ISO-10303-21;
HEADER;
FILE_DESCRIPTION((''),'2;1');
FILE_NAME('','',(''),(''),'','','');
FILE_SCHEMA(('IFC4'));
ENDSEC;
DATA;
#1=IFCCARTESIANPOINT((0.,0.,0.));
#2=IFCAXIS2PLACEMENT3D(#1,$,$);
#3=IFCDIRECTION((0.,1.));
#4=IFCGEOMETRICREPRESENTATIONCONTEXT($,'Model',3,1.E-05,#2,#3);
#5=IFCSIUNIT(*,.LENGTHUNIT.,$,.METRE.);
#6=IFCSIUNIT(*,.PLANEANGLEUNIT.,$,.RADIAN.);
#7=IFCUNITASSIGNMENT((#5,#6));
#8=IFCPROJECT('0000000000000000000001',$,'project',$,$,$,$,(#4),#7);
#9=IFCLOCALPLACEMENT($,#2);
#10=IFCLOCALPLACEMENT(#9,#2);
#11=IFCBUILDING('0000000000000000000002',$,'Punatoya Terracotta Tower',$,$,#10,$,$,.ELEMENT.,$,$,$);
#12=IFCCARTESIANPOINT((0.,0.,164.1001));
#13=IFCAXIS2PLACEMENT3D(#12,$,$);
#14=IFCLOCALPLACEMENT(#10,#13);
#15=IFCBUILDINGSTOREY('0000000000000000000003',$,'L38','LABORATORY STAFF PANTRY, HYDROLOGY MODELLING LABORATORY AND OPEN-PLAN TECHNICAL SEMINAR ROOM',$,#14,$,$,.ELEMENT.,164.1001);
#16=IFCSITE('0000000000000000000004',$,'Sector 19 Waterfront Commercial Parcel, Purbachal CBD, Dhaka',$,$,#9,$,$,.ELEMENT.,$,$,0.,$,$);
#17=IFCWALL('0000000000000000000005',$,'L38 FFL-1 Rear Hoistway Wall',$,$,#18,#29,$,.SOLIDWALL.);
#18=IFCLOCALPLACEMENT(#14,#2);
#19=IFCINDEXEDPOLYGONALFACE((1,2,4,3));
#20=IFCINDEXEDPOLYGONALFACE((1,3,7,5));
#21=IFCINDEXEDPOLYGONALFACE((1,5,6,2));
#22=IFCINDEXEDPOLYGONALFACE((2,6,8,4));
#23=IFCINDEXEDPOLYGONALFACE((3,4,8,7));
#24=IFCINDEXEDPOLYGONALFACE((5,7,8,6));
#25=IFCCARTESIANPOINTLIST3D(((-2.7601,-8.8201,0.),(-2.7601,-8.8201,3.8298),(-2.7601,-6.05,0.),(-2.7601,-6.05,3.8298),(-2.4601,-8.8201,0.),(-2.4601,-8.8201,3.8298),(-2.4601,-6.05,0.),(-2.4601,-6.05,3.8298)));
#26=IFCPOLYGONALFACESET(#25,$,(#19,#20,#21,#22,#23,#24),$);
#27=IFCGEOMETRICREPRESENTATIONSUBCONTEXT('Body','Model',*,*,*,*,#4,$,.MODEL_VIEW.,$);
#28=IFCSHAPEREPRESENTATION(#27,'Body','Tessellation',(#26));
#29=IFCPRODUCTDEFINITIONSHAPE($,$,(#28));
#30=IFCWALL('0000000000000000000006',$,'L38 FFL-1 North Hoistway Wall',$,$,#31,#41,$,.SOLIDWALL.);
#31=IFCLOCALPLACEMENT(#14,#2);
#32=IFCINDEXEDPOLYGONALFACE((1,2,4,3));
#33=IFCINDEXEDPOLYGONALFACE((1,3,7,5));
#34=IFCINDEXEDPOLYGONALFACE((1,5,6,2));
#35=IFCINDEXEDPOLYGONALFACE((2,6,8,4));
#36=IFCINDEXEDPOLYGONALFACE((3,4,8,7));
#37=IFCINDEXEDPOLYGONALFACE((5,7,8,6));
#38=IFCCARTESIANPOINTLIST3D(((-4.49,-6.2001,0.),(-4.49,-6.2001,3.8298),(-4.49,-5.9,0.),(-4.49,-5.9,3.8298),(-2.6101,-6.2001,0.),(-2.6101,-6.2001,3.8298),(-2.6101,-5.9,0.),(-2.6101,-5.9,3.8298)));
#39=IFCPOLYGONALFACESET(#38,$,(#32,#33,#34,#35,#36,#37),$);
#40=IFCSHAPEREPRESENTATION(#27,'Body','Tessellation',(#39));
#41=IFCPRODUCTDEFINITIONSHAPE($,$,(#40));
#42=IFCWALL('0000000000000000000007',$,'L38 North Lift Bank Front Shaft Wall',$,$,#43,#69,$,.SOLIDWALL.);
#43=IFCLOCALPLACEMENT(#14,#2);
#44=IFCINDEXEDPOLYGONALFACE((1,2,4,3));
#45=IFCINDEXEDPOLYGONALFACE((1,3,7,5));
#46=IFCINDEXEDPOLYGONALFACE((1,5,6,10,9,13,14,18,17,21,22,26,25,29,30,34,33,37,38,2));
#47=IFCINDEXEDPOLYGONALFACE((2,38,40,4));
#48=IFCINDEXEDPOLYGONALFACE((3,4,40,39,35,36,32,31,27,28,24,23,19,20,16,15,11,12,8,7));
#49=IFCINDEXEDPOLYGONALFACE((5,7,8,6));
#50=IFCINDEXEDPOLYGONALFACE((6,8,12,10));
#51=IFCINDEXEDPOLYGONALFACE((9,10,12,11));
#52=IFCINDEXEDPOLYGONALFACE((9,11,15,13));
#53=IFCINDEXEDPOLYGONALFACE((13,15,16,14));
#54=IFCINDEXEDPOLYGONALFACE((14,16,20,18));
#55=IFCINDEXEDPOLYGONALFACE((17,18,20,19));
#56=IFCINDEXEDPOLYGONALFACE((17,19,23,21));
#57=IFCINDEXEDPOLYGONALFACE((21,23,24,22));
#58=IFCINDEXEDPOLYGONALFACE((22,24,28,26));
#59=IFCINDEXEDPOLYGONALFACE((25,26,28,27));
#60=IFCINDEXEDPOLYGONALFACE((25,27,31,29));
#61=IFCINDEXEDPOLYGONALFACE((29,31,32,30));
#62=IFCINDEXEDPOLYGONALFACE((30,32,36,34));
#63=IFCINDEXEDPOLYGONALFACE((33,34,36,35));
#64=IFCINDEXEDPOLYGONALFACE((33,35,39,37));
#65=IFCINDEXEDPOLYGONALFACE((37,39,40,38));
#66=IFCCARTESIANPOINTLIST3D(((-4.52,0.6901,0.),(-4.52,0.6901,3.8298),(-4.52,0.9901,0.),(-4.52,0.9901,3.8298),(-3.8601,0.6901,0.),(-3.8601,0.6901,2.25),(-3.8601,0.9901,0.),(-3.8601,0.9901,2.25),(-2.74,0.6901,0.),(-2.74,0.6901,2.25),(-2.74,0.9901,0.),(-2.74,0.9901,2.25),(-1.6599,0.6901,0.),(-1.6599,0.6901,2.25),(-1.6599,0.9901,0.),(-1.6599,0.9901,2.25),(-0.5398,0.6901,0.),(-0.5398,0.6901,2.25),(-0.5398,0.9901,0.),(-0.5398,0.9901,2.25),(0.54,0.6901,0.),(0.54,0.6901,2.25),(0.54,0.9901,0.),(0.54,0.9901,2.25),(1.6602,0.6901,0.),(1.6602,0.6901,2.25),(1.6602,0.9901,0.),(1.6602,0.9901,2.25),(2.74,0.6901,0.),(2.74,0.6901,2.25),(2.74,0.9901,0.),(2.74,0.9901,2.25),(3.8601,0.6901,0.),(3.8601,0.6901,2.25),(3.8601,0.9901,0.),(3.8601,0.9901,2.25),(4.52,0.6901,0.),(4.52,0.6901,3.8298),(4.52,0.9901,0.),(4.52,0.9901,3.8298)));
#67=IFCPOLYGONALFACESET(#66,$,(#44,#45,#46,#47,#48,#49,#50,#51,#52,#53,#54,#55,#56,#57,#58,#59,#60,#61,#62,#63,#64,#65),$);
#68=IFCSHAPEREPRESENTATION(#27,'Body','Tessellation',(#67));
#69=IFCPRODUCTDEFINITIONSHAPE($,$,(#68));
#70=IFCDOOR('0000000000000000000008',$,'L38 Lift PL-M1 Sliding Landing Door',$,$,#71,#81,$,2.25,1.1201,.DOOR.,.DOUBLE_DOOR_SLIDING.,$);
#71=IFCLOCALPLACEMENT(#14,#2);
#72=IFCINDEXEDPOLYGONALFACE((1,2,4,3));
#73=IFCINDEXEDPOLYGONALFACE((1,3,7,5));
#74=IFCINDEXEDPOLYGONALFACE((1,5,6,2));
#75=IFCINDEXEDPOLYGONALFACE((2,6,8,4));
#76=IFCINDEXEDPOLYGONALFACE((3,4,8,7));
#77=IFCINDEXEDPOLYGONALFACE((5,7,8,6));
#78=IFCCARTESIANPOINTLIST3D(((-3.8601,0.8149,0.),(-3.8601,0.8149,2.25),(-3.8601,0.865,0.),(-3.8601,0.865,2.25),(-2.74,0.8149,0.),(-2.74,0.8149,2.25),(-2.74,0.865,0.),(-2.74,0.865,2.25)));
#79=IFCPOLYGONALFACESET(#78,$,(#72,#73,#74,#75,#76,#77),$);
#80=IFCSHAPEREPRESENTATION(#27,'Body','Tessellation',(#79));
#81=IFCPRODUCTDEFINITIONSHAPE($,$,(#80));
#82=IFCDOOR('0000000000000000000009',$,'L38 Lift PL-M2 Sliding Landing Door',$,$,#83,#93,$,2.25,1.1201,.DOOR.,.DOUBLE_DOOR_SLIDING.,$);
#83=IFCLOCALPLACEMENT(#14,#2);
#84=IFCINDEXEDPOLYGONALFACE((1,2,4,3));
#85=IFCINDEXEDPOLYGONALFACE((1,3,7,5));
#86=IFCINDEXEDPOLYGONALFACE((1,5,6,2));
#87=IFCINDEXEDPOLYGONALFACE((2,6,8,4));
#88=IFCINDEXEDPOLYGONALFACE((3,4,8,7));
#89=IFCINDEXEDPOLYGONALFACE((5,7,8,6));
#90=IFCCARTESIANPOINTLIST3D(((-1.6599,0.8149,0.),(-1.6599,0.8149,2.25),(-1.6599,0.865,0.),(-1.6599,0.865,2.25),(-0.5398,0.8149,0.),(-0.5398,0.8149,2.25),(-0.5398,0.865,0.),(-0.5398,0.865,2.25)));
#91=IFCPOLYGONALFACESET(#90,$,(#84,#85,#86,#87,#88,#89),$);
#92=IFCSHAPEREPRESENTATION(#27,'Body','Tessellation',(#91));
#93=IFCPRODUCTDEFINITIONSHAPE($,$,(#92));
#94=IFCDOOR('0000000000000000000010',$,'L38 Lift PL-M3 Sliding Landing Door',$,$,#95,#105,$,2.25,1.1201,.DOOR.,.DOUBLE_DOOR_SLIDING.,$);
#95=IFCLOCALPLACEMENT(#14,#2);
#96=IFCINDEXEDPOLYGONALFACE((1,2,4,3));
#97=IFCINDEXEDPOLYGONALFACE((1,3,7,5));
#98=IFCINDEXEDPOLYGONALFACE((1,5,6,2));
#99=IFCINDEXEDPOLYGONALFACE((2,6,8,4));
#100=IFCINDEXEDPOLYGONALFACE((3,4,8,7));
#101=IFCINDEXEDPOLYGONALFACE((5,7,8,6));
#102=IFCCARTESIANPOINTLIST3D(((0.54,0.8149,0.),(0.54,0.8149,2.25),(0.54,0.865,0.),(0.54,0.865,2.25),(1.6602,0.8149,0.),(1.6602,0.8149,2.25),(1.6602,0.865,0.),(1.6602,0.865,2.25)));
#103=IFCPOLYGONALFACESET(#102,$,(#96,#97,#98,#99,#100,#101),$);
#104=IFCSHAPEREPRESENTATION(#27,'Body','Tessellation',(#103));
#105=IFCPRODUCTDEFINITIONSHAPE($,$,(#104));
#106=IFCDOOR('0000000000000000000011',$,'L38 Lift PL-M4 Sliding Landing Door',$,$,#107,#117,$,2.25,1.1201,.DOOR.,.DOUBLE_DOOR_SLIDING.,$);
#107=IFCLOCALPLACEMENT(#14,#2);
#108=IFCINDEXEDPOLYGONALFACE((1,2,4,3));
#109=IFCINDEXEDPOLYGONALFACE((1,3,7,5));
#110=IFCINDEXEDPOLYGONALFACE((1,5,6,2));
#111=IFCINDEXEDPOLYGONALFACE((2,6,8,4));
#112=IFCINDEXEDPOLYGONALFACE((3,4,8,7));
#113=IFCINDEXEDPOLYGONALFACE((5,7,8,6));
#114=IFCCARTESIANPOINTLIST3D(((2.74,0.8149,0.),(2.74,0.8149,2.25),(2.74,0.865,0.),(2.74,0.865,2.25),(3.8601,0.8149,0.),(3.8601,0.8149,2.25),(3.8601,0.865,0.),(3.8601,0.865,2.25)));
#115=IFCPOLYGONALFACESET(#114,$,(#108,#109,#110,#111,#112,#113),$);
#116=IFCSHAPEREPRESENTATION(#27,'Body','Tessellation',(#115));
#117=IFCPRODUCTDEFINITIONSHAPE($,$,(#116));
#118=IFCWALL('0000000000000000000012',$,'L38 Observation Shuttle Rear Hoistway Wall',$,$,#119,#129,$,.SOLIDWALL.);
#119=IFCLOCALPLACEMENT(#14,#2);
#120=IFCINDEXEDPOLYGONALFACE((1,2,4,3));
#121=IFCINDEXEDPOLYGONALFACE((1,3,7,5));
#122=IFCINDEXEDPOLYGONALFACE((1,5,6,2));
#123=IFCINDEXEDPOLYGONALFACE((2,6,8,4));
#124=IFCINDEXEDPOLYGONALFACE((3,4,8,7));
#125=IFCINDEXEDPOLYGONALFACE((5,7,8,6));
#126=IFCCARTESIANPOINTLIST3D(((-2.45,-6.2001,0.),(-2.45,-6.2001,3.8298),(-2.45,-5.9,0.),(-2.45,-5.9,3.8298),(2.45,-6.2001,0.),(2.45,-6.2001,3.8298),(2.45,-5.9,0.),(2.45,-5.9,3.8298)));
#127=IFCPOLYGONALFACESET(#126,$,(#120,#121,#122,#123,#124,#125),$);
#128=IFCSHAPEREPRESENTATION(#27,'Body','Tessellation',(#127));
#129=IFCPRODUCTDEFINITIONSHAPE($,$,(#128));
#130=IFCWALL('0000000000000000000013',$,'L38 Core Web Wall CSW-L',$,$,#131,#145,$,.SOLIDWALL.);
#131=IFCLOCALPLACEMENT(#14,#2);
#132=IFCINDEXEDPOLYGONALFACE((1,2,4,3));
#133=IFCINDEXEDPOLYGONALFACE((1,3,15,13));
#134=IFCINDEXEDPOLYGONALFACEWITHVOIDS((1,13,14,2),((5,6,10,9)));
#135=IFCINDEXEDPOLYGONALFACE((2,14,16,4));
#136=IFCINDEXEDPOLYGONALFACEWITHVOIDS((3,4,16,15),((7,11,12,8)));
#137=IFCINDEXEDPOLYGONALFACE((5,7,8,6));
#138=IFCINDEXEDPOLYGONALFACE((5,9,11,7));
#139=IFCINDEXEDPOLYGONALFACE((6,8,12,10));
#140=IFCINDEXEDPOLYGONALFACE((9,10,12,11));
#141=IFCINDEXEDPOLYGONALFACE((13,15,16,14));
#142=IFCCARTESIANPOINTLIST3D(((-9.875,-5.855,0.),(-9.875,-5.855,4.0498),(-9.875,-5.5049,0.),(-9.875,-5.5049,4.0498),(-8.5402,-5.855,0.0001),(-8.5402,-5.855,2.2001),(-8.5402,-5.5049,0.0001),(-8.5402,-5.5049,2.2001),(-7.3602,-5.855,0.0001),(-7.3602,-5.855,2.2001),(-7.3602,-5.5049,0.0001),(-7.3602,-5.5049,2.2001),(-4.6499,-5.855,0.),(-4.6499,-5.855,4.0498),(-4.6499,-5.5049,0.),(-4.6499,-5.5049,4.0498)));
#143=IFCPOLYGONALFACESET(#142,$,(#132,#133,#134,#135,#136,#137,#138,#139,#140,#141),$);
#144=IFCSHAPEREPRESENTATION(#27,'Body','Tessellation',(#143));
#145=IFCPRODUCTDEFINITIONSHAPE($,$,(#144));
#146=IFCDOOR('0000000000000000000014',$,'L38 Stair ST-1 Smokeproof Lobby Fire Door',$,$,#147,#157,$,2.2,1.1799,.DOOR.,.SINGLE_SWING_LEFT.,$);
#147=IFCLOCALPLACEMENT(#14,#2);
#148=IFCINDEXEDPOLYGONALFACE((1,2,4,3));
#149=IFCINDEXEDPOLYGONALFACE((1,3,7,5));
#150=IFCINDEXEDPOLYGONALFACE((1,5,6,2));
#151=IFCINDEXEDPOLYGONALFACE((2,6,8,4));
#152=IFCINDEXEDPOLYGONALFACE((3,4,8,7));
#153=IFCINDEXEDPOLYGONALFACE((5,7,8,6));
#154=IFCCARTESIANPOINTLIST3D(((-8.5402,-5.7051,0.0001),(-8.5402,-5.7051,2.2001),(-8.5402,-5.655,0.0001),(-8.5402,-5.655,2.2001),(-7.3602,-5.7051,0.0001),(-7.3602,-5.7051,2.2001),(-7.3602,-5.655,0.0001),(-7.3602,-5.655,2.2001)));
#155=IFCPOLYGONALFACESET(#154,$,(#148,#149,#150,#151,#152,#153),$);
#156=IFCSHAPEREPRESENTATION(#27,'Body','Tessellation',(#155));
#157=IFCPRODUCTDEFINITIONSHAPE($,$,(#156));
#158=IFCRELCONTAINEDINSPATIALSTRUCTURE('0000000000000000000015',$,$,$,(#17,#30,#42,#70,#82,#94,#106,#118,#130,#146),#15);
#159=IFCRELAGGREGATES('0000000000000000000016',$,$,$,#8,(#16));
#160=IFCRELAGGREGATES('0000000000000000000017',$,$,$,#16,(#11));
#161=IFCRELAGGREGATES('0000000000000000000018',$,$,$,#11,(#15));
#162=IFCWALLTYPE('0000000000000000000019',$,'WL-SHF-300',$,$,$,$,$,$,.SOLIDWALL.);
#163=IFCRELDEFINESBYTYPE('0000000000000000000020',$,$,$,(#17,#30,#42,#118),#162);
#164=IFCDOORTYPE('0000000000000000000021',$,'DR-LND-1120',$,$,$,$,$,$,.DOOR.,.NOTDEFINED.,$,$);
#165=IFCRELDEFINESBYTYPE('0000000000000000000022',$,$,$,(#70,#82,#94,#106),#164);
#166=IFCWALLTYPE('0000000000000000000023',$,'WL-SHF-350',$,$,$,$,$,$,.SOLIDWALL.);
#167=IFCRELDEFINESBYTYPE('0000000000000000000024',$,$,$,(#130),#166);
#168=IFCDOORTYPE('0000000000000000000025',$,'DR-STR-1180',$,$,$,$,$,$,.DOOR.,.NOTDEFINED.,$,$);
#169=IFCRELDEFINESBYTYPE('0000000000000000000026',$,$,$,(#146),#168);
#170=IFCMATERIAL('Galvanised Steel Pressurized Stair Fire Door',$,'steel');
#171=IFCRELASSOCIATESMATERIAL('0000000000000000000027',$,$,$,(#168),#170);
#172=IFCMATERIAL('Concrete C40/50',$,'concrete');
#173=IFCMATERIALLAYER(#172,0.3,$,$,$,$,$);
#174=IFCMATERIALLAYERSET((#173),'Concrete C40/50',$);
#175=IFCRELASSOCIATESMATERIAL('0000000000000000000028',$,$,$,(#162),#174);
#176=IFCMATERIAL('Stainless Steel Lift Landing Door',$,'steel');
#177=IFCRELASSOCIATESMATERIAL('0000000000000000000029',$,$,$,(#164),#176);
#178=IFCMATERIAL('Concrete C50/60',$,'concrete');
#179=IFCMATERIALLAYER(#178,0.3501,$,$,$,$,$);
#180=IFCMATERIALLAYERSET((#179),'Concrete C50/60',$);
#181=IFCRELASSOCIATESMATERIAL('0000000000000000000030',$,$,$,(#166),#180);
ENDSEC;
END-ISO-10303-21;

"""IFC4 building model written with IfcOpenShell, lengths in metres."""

from ifc_helpers import new_model, si_unit, direction, frame, frame_2d, origin, place, context, subcontext, project, spatial, rectangle, extrude, material, layer, layer_set, type_object, element, fill, save


model = new_model("IFC4")

# Units and contexts
model_context = context("Model", 3, precision=1e-05, world=origin(), true_north=direction((0.0, 1.0)))
body_context = subcontext(model_context, "Body", "Model", "MODEL_VIEW")
ifc_project = project(units=[si_unit("LENGTHUNIT", "METRE"), si_unit("PLANEANGLEUNIT", "RADIAN")], contexts=[model_context])

# Site, building, storey
site_placement = place(None, origin())
site = spatial("IfcSite", under=ifc_project, at=site_placement, Name="Sector 19 Waterfront Commercial Parcel, Purbachal CBD, Dhaka", CompositionType="ELEMENT", RefElevation=0.0)
building_placement = place(site_placement, origin())
building = spatial("IfcBuilding", under=site, at=building_placement, Name="Punatoya Terracotta Tower", CompositionType="ELEMENT")
storey_placement = place(building_placement, frame((0.0, 0.0, 164.1001)))
storey = spatial("IfcBuildingStorey", under=building, at=storey_placement, Name="L38", Description="LABORATORY STAFF PANTRY, HYDROLOGY MODELLING LABORATORY AND OPEN-PLAN TECHNICAL SEMINAR ROOM", CompositionType="ELEMENT", Elevation=164.1001)

# Shared definitions
ifc_material_1 = material(Name="Galvanised Steel Pressurized Stair Fire Door", Category="steel")
door_type_1 = type_object("IfcDoorType", Name="DR-STR-1180", OperationType="NOTDEFINED", PredefinedType="DOOR", material=ifc_material_1)

# Shared definitions
ifc_material_2 = material(Name="Concrete C40/50", Category="concrete")
ifc_layer_1 = layer(ifc_material_2, 0.3)
ifc_layer_set_1 = layer_set([ifc_layer_1], Name="Concrete C40/50")
wall_type_1 = type_object("IfcWallType", Name="WL-SHF-300", PredefinedType="SOLIDWALL", material=ifc_layer_set_1)

# Shared definitions
ifc_material_3 = material(Name="Stainless Steel Lift Landing Door", Category="steel")
door_type_2 = type_object("IfcDoorType", Name="DR-LND-1120", OperationType="NOTDEFINED", PredefinedType="DOOR", material=ifc_material_3)

# Walls
wall_1_placement = place(storey_placement, frame((-2.6101, -8.8201, 0.0), z_axis=(0.0, 0.0, 1.0), x_axis=(0.0, 1.0, 0.0)))
element("IfcWall", 1, at=wall_1_placement, inside=storey, type_object=wall_type_1, Name="L38 FFL-1 Rear Hoistway Wall", PredefinedType="SOLIDWALL", context=body_context, shape_type="SweptSolid", body=[
    extrude(rectangle(XDim=2.77, YDim=0.3, at=frame_2d((1.385, 0.0))), origin(), (0.0, 0.0, 1.0), 3.8298),
])
wall_2_placement = place(storey_placement, frame((-4.49, -6.05, 0.0), z_axis=(0.0, 0.0, 1.0), x_axis=(1.0, 0.0, 0.0)))
element("IfcWall", 2, at=wall_2_placement, inside=storey, type_object=wall_type_1, Name="L38 FFL-1 North Hoistway Wall", PredefinedType="SOLIDWALL", context=body_context, shape_type="SweptSolid", body=[
    extrude(rectangle(XDim=1.8799, YDim=0.3, at=frame_2d((0.9399, 0.0))), origin(), (0.0, 0.0, 1.0), 3.8298),
])

# Wall, openings, doors
wall_3_placement = place(storey_placement, frame((-4.52, 0.8401, 0.0), z_axis=(0.0, 0.0, 1.0), x_axis=(1.0, 0.0, 0.0)))
wall_3 = element("IfcWall", 3, at=wall_3_placement, inside=storey, type_object=wall_type_1, Name="L38 North Lift Bank Front Shaft Wall", PredefinedType="SOLIDWALL", context=body_context, shape_type="SweptSolid", body=[
    extrude(rectangle(XDim=9.04, YDim=0.3, at=frame_2d((4.52, 0.0))), origin(), (0.0, 0.0, 1.0), 3.8298),
])
opening_1_placement = place(wall_3_placement, frame((0.6599, 0.0, 0.0)))
opening_1 = element("IfcOpeningElement", 4, at=opening_1_placement, cuts=wall_3, PredefinedType="OPENING", context=body_context, shape_type="SweptSolid", body=[
    extrude(rectangle(XDim=1.1201, YDim=2.25, at=frame_2d((0.5601, 1.125))), frame((0.0, 0.1599, 0.0), z_axis=(0.0, -1.0, 0.0), x_axis=(1.0, 0.0, 0.0)), (0.0, 0.0, 1.0), 0.3201),
])
opening_2_placement = place(wall_3_placement, frame((2.8601, 0.0, 0.0)))
opening_2 = element("IfcOpeningElement", 5, at=opening_2_placement, cuts=wall_3, PredefinedType="OPENING", context=body_context, shape_type="SweptSolid", body=[
    extrude(rectangle(XDim=1.1201, YDim=2.25, at=frame_2d((0.5601, 1.125))), frame((0.0, 0.1599, 0.0), z_axis=(0.0, -1.0, 0.0), x_axis=(1.0, 0.0, 0.0)), (0.0, 0.0, 1.0), 0.3201),
])
opening_3_placement = place(wall_3_placement, frame((5.0601, 0.0, 0.0)))
opening_3 = element("IfcOpeningElement", 6, at=opening_3_placement, cuts=wall_3, PredefinedType="OPENING", context=body_context, shape_type="SweptSolid", body=[
    extrude(rectangle(XDim=1.1201, YDim=2.25, at=frame_2d((0.5601, 1.125))), frame((0.0, 0.1599, 0.0), z_axis=(0.0, -1.0, 0.0), x_axis=(1.0, 0.0, 0.0)), (0.0, 0.0, 1.0), 0.3201),
])
opening_4_placement = place(wall_3_placement, frame((7.26, 0.0, 0.0)))
opening_4 = element("IfcOpeningElement", 7, at=opening_4_placement, cuts=wall_3, PredefinedType="OPENING", context=body_context, shape_type="SweptSolid", body=[
    extrude(rectangle(XDim=1.1201, YDim=2.25, at=frame_2d((0.5601, 1.125))), frame((0.0, 0.1599, 0.0), z_axis=(0.0, -1.0, 0.0), x_axis=(1.0, 0.0, 0.0)), (0.0, 0.0, 1.0), 0.3201),
])
door_1_placement = place(opening_1_placement, origin())
door_1 = element("IfcDoor", 8, at=door_1_placement, inside=storey, type_object=door_type_2, Name="L38 Lift PL-M1 Sliding Landing Door", OperationType="DOUBLE_DOOR_SLIDING", OverallHeight=2.25, OverallWidth=1.1201, PredefinedType="DOOR", context=body_context, shape_type="SweptSolid", body=[
    extrude(rectangle(XDim=1.1201, YDim=2.25, at=frame_2d((0.5601, 1.125))), frame((0.0, 0.0249, 0.0), z_axis=(0.0, -1.0, 0.0), x_axis=(1.0, 0.0, 0.0)), (0.0, 0.0, 1.0), 0.05),
])
fill(opening_1, door_1)
door_2_placement = place(opening_2_placement, origin())
door_2 = element("IfcDoor", 9, at=door_2_placement, inside=storey, type_object=door_type_2, Name="L38 Lift PL-M2 Sliding Landing Door", OperationType="DOUBLE_DOOR_SLIDING", OverallHeight=2.25, OverallWidth=1.1201, PredefinedType="DOOR", context=body_context, shape_type="SweptSolid", body=[
    extrude(rectangle(XDim=1.1201, YDim=2.25, at=frame_2d((0.5601, 1.125))), frame((0.0, 0.0249, 0.0), z_axis=(0.0, -1.0, 0.0), x_axis=(1.0, 0.0, 0.0)), (0.0, 0.0, 1.0), 0.05),
])
fill(opening_2, door_2)
door_3_placement = place(opening_3_placement, origin())
door_3 = element("IfcDoor", 10, at=door_3_placement, inside=storey, type_object=door_type_2, Name="L38 Lift PL-M3 Sliding Landing Door", OperationType="DOUBLE_DOOR_SLIDING", OverallHeight=2.25, OverallWidth=1.1201, PredefinedType="DOOR", context=body_context, shape_type="SweptSolid", body=[
    extrude(rectangle(XDim=1.1201, YDim=2.25, at=frame_2d((0.5601, 1.125))), frame((0.0, 0.0249, 0.0), z_axis=(0.0, -1.0, 0.0), x_axis=(1.0, 0.0, 0.0)), (0.0, 0.0, 1.0), 0.05),
])
fill(opening_3, door_3)
door_4_placement = place(opening_4_placement, origin())
door_4 = element("IfcDoor", 11, at=door_4_placement, inside=storey, type_object=door_type_2, Name="L38 Lift PL-M4 Sliding Landing Door", OperationType="DOUBLE_DOOR_SLIDING", OverallHeight=2.25, OverallWidth=1.1201, PredefinedType="DOOR", context=body_context, shape_type="SweptSolid", body=[
    extrude(rectangle(XDim=1.1201, YDim=2.25, at=frame_2d((0.5601, 1.125))), frame((0.0, 0.0249, 0.0), z_axis=(0.0, -1.0, 0.0), x_axis=(1.0, 0.0, 0.0)), (0.0, 0.0, 1.0), 0.05),
])
fill(opening_4, door_4)

# Wall
wall_4_placement = place(storey_placement, frame((-2.45, -6.05, 0.0), z_axis=(0.0, 0.0, 1.0), x_axis=(1.0, 0.0, 0.0)))
element("IfcWall", 12, at=wall_4_placement, inside=storey, type_object=wall_type_1, Name="L38 Observation Shuttle Rear Hoistway Wall", PredefinedType="SOLIDWALL", context=body_context, shape_type="SweptSolid", body=[
    extrude(rectangle(XDim=4.8999, YDim=0.3, at=frame_2d((2.45, 0.0))), origin(), (0.0, 0.0, 1.0), 3.8298),
])

# Wall, opening, door
ifc_material_4 = material(Name="Concrete C50/60", Category="concrete")
ifc_layer_2 = layer(ifc_material_4, 0.3501)
ifc_layer_set_2 = layer_set([ifc_layer_2], Name="Concrete C50/60")
wall_type_2 = type_object("IfcWallType", Name="WL-SHF-350", PredefinedType="SOLIDWALL", material=ifc_layer_set_2)
wall_5_placement = place(storey_placement, frame((-9.875, -5.6799, 0.0), z_axis=(0.0, 0.0, 1.0), x_axis=(1.0, 0.0, 0.0)))
wall_5 = element("IfcWall", 13, at=wall_5_placement, inside=storey, type_object=wall_type_2, Name="L38 Core Web Wall CSW-L", PredefinedType="SOLIDWALL", context=body_context, shape_type="SweptSolid", body=[
    extrude(rectangle(XDim=5.2251, YDim=0.3501, at=frame_2d((2.6125, 0.0))), origin(), (0.0, 0.0, 1.0), 4.0498),
])
opening_5_placement = place(wall_5_placement, frame((1.335, 0.0, 0.0)))
opening_5 = element("IfcOpeningElement", 14, at=opening_5_placement, cuts=wall_5, PredefinedType="OPENING", context=body_context, shape_type="SweptSolid", body=[
    extrude(rectangle(XDim=1.1799, YDim=2.2, at=frame_2d((0.5898, 1.1001))), frame((0.0, 0.1851, 0.0), z_axis=(0.0, -1.0, 0.0), x_axis=(1.0, 0.0, 0.0)), (0.0, 0.0, 1.0), 0.3701),
])
door_5_placement = place(opening_5_placement, origin())
door_5 = element("IfcDoor", 15, at=door_5_placement, inside=storey, type_object=door_type_1, Name="L38 Stair ST-1 Smokeproof Lobby Fire Door", OperationType="SINGLE_SWING_LEFT", OverallHeight=2.2, OverallWidth=1.1799, PredefinedType="DOOR", context=body_context, shape_type="SweptSolid", body=[
    extrude(rectangle(XDim=1.1799, YDim=2.2, at=frame_2d((0.5898, 1.1001))), frame((0.0, 0.0249, 0.0), z_axis=(0.0, -1.0, 0.0), x_axis=(1.0, 0.0, 0.0)), (0.0, 0.0, 1.0), 0.05),
])
fill(opening_5, door_5)

save(model, "model.ifc")
